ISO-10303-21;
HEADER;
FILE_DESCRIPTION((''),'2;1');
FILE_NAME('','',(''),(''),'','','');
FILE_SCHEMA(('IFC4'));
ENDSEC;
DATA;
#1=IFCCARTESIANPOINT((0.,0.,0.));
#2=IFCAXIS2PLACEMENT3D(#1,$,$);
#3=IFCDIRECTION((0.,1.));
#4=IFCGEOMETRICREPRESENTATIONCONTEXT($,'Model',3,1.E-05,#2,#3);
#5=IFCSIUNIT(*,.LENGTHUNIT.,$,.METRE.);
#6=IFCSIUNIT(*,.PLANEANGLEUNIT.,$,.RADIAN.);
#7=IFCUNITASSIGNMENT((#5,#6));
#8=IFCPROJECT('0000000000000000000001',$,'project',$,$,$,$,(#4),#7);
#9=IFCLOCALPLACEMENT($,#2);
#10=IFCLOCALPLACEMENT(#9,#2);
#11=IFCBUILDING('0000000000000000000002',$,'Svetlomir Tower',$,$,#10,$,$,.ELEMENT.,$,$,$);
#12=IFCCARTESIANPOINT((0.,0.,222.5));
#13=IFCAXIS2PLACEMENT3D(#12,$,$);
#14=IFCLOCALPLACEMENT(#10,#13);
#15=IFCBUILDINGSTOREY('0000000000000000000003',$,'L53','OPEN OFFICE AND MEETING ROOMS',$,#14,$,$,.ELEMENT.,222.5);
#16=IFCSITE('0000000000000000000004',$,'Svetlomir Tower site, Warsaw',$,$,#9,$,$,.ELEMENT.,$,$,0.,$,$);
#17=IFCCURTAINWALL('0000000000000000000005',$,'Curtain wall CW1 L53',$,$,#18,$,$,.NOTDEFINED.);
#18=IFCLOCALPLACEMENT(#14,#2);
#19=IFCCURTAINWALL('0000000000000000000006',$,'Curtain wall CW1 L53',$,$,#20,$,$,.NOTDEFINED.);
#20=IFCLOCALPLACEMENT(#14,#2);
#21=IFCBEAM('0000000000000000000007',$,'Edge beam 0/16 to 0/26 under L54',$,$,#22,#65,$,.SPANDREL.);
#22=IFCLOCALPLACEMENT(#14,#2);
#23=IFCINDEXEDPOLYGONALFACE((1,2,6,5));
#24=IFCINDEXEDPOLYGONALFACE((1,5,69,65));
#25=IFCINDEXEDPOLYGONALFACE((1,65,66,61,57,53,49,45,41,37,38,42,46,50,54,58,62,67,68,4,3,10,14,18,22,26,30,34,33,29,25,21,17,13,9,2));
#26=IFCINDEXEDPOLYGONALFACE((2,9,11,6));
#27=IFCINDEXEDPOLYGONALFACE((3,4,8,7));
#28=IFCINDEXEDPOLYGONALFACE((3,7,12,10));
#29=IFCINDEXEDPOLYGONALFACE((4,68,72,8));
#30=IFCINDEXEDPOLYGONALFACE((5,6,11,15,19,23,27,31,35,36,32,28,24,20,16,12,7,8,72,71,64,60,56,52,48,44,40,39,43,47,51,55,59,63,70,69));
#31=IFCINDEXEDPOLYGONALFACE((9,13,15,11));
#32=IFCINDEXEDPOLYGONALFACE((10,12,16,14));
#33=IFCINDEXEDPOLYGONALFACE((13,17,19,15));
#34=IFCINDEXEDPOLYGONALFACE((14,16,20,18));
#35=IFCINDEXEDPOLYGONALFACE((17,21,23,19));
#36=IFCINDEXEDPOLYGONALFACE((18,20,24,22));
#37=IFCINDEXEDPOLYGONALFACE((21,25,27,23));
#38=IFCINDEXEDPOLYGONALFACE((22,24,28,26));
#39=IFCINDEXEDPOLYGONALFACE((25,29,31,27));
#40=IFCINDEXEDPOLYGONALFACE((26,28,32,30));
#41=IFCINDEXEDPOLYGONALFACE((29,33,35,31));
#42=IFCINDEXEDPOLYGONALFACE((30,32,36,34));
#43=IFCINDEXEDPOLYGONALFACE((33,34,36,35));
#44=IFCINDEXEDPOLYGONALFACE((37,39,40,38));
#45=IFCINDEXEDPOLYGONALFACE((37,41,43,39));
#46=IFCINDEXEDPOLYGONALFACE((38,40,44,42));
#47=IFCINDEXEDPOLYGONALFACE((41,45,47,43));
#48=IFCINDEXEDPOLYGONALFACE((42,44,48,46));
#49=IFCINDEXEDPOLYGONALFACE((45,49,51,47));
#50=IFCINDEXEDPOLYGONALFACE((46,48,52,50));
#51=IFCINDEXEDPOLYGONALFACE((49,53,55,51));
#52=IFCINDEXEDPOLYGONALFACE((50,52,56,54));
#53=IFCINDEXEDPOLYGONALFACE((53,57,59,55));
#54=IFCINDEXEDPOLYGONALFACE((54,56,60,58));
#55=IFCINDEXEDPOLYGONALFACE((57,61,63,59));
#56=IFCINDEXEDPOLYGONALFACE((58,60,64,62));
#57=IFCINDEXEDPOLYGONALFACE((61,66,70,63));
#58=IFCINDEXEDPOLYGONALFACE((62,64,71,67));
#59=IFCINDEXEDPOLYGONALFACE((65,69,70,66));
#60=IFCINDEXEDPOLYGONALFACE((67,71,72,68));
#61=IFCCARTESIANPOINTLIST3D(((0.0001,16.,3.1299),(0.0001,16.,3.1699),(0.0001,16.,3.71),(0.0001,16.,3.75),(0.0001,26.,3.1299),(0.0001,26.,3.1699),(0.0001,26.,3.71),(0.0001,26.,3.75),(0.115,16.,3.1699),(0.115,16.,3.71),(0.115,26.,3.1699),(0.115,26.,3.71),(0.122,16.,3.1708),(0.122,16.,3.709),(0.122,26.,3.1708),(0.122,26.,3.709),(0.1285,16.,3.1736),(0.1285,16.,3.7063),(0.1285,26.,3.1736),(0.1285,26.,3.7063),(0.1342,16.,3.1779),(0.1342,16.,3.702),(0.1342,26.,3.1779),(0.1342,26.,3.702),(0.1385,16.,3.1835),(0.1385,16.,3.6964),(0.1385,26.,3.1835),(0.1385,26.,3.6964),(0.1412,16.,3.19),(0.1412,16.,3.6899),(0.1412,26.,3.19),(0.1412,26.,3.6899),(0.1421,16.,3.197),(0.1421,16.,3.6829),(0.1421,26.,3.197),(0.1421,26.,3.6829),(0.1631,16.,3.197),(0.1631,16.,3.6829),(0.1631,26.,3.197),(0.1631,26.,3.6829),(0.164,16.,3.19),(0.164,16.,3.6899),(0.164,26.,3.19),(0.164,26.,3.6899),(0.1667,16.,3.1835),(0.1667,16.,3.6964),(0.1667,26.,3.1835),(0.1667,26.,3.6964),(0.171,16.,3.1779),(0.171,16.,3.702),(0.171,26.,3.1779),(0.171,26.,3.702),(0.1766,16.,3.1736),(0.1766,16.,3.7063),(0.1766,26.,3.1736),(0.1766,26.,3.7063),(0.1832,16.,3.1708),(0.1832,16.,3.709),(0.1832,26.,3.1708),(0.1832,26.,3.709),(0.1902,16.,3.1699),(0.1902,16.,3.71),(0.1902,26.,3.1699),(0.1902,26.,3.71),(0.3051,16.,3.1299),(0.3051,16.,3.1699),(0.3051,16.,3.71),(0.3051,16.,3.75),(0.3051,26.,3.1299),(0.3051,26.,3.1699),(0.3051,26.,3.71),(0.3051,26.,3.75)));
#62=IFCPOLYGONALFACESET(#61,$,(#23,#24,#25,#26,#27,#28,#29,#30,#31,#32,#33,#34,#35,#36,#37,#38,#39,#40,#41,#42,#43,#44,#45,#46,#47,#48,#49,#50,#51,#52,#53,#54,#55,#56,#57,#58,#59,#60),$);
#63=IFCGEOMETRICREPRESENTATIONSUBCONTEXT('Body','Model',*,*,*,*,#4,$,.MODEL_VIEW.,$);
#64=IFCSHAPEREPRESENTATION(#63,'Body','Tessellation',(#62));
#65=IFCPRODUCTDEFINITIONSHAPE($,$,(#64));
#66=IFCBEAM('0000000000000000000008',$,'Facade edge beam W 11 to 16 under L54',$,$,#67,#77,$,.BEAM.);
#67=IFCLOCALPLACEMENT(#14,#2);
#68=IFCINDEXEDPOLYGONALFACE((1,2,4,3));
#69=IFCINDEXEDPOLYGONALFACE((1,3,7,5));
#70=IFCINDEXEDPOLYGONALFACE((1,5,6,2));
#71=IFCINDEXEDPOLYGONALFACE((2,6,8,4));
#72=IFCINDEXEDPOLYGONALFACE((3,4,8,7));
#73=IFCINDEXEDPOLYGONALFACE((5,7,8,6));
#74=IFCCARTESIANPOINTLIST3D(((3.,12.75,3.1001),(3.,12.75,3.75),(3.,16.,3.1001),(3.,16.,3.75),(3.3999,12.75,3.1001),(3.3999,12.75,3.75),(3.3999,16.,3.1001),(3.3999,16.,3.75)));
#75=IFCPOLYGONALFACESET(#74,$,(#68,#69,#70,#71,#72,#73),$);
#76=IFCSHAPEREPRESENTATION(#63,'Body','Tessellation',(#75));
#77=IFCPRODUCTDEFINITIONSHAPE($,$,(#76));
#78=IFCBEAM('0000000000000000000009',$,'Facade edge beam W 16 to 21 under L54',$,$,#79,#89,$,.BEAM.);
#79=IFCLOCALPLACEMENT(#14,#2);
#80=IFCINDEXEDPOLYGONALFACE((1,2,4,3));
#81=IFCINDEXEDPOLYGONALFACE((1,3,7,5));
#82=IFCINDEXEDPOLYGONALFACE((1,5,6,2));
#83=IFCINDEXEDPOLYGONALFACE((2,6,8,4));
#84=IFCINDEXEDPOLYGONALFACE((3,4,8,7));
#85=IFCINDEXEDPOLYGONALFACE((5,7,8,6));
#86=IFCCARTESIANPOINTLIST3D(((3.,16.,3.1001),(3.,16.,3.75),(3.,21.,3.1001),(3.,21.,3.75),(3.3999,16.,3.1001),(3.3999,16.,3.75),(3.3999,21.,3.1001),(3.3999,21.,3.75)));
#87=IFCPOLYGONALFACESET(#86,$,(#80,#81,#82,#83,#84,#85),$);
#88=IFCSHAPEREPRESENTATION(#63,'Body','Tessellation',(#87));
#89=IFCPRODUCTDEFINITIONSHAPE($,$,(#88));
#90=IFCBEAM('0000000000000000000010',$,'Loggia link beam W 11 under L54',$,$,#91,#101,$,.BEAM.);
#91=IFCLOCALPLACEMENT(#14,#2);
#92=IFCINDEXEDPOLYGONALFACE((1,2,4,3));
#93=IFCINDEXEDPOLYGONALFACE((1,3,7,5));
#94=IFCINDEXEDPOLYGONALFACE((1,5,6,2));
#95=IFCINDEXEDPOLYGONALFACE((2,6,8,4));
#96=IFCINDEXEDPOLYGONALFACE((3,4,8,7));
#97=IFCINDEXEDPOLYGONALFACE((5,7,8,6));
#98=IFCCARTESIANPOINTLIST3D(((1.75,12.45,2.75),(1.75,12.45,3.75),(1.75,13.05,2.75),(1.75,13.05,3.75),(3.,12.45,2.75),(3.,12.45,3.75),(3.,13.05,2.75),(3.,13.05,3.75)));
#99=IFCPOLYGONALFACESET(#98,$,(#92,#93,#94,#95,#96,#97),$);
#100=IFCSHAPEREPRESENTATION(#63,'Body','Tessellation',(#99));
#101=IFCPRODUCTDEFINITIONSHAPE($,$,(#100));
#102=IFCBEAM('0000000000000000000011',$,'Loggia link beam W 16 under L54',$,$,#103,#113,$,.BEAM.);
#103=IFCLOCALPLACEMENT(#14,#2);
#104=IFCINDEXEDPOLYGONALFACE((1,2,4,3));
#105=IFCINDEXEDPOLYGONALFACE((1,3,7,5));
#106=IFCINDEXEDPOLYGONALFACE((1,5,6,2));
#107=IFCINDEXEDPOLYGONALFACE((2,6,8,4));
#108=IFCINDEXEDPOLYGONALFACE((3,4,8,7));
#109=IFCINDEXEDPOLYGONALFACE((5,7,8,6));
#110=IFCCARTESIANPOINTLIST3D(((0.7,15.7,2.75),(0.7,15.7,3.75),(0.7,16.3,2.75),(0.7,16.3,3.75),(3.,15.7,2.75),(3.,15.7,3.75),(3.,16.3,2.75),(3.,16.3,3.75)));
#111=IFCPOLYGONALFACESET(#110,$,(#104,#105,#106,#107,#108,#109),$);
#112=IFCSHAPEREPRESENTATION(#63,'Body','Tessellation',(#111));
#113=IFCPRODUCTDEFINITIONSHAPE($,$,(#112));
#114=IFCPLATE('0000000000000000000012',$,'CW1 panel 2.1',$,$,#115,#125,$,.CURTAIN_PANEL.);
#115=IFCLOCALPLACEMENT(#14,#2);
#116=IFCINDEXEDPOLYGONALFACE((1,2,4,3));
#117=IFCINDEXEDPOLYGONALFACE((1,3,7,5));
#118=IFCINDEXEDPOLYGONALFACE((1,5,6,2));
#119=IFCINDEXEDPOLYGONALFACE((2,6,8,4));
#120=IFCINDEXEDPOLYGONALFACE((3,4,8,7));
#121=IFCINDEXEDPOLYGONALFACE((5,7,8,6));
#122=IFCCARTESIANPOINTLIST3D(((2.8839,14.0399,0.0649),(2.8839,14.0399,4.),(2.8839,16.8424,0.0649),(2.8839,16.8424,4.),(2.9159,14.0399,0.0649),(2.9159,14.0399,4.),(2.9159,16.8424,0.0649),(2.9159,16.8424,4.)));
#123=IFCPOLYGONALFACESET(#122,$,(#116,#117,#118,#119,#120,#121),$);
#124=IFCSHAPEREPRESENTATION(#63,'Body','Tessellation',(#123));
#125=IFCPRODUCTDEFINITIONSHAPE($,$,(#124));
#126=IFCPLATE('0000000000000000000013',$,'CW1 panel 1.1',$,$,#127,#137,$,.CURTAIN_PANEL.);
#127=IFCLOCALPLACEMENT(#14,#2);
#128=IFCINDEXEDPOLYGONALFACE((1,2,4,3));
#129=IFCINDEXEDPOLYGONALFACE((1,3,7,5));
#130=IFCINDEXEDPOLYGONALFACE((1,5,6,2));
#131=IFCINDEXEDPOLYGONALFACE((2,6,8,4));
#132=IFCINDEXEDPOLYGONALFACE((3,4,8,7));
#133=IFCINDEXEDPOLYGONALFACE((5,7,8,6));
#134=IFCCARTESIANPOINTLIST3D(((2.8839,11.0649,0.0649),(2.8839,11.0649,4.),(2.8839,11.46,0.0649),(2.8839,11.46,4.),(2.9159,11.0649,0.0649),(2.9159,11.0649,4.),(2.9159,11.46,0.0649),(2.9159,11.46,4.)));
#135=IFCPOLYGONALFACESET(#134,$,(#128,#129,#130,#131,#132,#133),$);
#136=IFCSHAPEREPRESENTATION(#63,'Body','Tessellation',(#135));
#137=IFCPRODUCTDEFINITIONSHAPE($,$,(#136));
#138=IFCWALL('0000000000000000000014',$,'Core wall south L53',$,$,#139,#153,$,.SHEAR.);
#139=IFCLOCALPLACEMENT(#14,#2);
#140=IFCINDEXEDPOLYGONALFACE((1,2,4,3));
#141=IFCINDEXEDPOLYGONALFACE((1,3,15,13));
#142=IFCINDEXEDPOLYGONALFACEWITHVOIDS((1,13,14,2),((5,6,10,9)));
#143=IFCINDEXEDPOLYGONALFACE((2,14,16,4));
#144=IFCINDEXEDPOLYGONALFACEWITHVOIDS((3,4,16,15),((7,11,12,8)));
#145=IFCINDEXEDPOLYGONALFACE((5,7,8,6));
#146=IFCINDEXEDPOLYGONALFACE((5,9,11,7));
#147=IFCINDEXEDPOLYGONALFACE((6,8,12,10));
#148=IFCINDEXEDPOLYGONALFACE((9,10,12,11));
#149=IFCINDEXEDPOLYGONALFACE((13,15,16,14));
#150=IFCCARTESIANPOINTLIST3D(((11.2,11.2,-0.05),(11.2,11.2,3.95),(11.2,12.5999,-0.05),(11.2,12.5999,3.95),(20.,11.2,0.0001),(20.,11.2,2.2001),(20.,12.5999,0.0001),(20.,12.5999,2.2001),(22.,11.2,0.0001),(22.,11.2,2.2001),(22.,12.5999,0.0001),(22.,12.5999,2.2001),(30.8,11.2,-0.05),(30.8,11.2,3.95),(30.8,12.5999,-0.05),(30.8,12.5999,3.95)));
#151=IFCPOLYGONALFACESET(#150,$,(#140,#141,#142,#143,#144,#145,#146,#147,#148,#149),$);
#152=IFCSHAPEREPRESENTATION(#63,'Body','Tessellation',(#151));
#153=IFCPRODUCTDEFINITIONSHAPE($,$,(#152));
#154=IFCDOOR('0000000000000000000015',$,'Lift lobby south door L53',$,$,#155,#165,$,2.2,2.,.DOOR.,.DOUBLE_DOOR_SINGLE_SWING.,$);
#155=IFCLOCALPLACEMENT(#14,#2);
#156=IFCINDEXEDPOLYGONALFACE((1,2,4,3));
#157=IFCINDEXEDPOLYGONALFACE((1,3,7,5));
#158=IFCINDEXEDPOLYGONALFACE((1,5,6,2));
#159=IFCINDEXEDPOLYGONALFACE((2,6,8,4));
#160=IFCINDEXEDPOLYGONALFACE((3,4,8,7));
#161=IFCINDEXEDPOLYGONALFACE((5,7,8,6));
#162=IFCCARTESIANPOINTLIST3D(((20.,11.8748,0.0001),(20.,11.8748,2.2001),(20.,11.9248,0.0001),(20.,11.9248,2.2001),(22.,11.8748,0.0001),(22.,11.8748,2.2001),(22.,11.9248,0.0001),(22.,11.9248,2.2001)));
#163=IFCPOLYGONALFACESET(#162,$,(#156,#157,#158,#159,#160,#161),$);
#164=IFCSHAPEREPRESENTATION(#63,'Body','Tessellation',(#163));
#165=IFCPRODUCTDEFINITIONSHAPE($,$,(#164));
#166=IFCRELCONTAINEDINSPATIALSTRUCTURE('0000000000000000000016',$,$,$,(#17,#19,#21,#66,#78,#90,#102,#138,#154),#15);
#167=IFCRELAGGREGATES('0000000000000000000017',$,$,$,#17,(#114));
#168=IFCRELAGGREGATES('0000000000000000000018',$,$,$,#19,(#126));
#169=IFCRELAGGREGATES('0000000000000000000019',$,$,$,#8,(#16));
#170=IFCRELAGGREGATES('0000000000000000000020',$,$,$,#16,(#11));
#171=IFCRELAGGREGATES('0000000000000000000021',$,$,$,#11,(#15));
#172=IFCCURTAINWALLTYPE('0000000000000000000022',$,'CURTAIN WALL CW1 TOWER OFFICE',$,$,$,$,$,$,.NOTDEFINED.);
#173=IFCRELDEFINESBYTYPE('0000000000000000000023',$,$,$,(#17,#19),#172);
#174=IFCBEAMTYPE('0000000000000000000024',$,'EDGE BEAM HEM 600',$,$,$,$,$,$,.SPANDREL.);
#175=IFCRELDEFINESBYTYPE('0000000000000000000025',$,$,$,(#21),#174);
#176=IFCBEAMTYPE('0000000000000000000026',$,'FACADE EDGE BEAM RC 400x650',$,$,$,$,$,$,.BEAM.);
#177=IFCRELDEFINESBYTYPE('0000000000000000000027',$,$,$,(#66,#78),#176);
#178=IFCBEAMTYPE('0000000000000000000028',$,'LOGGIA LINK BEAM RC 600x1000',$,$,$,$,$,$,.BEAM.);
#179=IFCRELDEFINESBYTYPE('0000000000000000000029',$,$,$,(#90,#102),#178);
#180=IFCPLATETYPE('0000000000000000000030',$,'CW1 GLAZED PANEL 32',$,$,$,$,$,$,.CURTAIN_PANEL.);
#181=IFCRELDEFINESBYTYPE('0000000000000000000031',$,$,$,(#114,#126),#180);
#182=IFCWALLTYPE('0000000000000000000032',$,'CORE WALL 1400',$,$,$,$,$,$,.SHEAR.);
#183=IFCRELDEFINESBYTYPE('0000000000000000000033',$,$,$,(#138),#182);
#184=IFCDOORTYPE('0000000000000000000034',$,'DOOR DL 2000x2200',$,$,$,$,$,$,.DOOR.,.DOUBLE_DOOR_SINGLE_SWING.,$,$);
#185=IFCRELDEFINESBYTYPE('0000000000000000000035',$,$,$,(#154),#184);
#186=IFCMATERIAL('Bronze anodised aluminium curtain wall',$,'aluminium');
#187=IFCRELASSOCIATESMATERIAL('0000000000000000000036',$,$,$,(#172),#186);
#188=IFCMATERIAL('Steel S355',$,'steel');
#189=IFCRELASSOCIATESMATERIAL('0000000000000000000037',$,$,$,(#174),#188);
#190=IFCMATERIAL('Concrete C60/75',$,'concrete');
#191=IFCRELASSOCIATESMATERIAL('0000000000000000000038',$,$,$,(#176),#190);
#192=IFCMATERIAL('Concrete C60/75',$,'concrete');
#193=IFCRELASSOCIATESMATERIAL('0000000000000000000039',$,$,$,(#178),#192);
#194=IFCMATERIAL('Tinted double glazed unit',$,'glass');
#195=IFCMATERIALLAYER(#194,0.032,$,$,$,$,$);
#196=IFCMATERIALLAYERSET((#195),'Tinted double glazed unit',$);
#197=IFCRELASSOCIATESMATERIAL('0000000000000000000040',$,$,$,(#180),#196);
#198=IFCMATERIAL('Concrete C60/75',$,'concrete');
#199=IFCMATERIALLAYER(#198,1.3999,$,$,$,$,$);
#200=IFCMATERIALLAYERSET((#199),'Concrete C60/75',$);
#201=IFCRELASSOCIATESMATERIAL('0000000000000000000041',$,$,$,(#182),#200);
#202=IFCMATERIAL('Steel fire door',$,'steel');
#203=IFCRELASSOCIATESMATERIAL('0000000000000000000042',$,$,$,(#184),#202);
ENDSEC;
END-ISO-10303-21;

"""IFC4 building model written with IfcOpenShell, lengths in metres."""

from ifc_helpers import new_model, si_unit, direction, frame, frame_2d, origin, origin_2d, place, context, subcontext, project, spatial, rectangle, i_section, extrude, material, layer, layer_set, material_profile, profile_set, type_object, element, fill, aggregate, save


model = new_model("IFC4")

# Units and contexts
model_context = context("Model", 3, precision=1e-05, world=origin(), true_north=direction((0.0, 1.0)))
body_context = subcontext(model_context, "Body", "Model", "MODEL_VIEW")
ifc_project = project(units=[si_unit("LENGTHUNIT", "METRE"), si_unit("PLANEANGLEUNIT", "RADIAN")], contexts=[model_context])

# Site, building, storey
site_placement = place(None, origin())
site = spatial("IfcSite", under=ifc_project, at=site_placement, Name="Svetlomir Tower site, Warsaw", CompositionType="ELEMENT", RefElevation=0.0)
building_placement = place(site_placement, origin())
building = spatial("IfcBuilding", under=site, at=building_placement, Name="Svetlomir Tower", CompositionType="ELEMENT")
storey_placement = place(building_placement, frame((0.0, 0.0, 222.5)))
storey = spatial("IfcBuildingStorey", under=building, at=storey_placement, Name="L53", Description="OPEN OFFICE AND MEETING ROOMS", CompositionType="ELEMENT", Elevation=222.5)

# Curtain wall
ifc_material_1 = material(Name="Bronze anodised aluminium curtain wall", Category="aluminium")
curtain_wall_type = type_object("IfcCurtainWallType", Name="CURTAIN WALL CW1 TOWER OFFICE", PredefinedType="NOTDEFINED", material=ifc_material_1)
curtain_wall_1_placement = place(storey_placement, origin())
curtain_wall_1 = element("IfcCurtainWall", 1, at=curtain_wall_1_placement, inside=storey, type_object=curtain_wall_type, Name="Curtain wall CW1 L53", PredefinedType="NOTDEFINED")

# Curtain wall
curtain_wall_2_placement = place(storey_placement, origin())
curtain_wall_2 = element("IfcCurtainWall", 2, at=curtain_wall_2_placement, inside=storey, type_object=curtain_wall_type, Name="Curtain wall CW1 L53", PredefinedType="NOTDEFINED")

# Beams
ifc_material_2 = material(Name="Steel S355", Category="steel")
ifc_material_profile_1 = material_profile(ifc_material_2, i_section(OverallWidth=0.3049, OverallDepth=0.6201, WebThickness=0.021, FlangeThickness=0.04, FilletRadius=0.0271, at=origin_2d()), Name="HEM 600")
ifc_profile_set_1 = profile_set([ifc_material_profile_1], Name="Steel S355")
beam_type_1 = type_object("IfcBeamType", Name="EDGE BEAM HEM 600", PredefinedType="SPANDREL", material=ifc_profile_set_1)
beam_1_placement = place(storey_placement, frame((0.1526, 16.0, 3.4399), z_axis=(0.0, 1.0, 0.0), x_axis=(-1.0, 0.0, 0.0)))
element("IfcBeam", 3, at=beam_1_placement, inside=storey, type_object=beam_type_1, Name="Edge beam 0/16 to 0/26 under L54", PredefinedType="SPANDREL", context=body_context, shape_type="SweptSolid", body=[
    extrude(i_section(OverallWidth=0.3049, OverallDepth=0.6201, WebThickness=0.021, FlangeThickness=0.04, FilletRadius=0.0271, at=origin_2d()), origin(), (0.0, 0.0, 1.0), 10.0),
])
ifc_material_3 = material(Name="Concrete C60/75", Category="concrete")
ifc_material_profile_2 = material_profile(ifc_material_3, rectangle(XDim=0.3999, YDim=0.6499, at=origin_2d()), Name="RC 400x650")
ifc_profile_set_2 = profile_set([ifc_material_profile_2], Name="Concrete C60/75")
beam_type_2 = type_object("IfcBeamType", Name="FACADE EDGE BEAM RC 400x650", PredefinedType="BEAM", material=ifc_profile_set_2)
beam_2_placement = place(storey_placement, frame((3.2, 12.75, 3.425), z_axis=(0.0, 1.0, 0.0), x_axis=(-1.0, 0.0, 0.0)))
element("IfcBeam", 4, at=beam_2_placement, inside=storey, type_object=beam_type_2, Name="Facade edge beam W 11 to 16 under L54", PredefinedType="BEAM", context=body_context, shape_type="SweptSolid", body=[
    extrude(rectangle(XDim=0.3999, YDim=0.6499, at=origin_2d()), origin(), (0.0, 0.0, 1.0), 3.25),
])
beam_3_placement = place(storey_placement, frame((3.2, 16.0, 3.425), z_axis=(0.0, 1.0, 0.0), x_axis=(-1.0, 0.0, 0.0)))
element("IfcBeam", 5, at=beam_3_placement, inside=storey, type_object=beam_type_2, Name="Facade edge beam W 16 to 21 under L54", PredefinedType="BEAM", context=body_context, shape_type="SweptSolid", body=[
    extrude(rectangle(XDim=0.3999, YDim=0.6499, at=origin_2d()), origin(), (0.0, 0.0, 1.0), 5.0),
])
ifc_material_4 = material(Name="Concrete C60/75", Category="concrete")
ifc_material_profile_3 = material_profile(ifc_material_4, rectangle(XDim=0.6001, YDim=1.0, at=origin_2d()), Name="RC 600x1000")
ifc_profile_set_3 = profile_set([ifc_material_profile_3], Name="Concrete C60/75")
beam_type_3 = type_object("IfcBeamType", Name="LOGGIA LINK BEAM RC 600x1000", PredefinedType="BEAM", material=ifc_profile_set_3)
beam_4_placement = place(storey_placement, frame((1.75, 12.75, 3.25), z_axis=(1.0, 0.0, 0.0), x_axis=(0.0, 1.0, 0.0)))
element("IfcBeam", 6, at=beam_4_placement, inside=storey, type_object=beam_type_3, Name="Loggia link beam W 11 under L54", PredefinedType="BEAM", context=body_context, shape_type="SweptSolid", body=[
    extrude(rectangle(XDim=0.6001, YDim=1.0, at=origin_2d()), origin(), (0.0, 0.0, 1.0), 1.25),
])
beam_5_placement = place(storey_placement, frame((0.7, 16.0, 3.25), z_axis=(1.0, 0.0, 0.0), x_axis=(0.0, 1.0, 0.0)))
element("IfcBeam", 7, at=beam_5_placement, inside=storey, type_object=beam_type_3, Name="Loggia link beam W 16 under L54", PredefinedType="BEAM", context=body_context, shape_type="SweptSolid", body=[
    extrude(rectangle(XDim=0.6001, YDim=1.0, at=origin_2d()), origin(), (0.0, 0.0, 1.0), 2.3),
])

# Plates
ifc_material_5 = material(Name="Tinted double glazed unit", Category="glass")
ifc_layer_1 = layer(ifc_material_5, 0.032)
ifc_layer_set_1 = layer_set([ifc_layer_1], Name="Tinted double glazed unit")
plate_type = type_object("IfcPlateType", Name="CW1 GLAZED PANEL 32", PredefinedType="CURTAIN_PANEL", material=ifc_layer_set_1)
plate_1_placement = place(storey_placement, frame((2.8999, 15.4412, 0.0649), z_axis=(0.0, 0.0, 1.0), x_axis=(0.0, -1.0, 0.0)))
plate_1 = element("IfcPlate", 8, at=plate_1_placement, type_object=plate_type, Name="CW1 panel 2.1", PredefinedType="CURTAIN_PANEL", context=body_context, shape_type="SweptSolid", body=[
    extrude(rectangle(XDim=2.8025, YDim=0.032, at=origin_2d()), origin(), (0.0, 0.0, 1.0), 3.9351),
])
aggregate(curtain_wall_1, [plate_1])
plate_2_placement = place(storey_placement, frame((2.8999, 11.2625, 0.0649), z_axis=(0.0, 0.0, 1.0), x_axis=(0.0, -1.0, 0.0)))
plate_2 = element("IfcPlate", 9, at=plate_2_placement, type_object=plate_type, Name="CW1 panel 1.1", PredefinedType="CURTAIN_PANEL", context=body_context, shape_type="SweptSolid", body=[
    extrude(rectangle(XDim=0.395, YDim=0.032, at=origin_2d()), origin(), (0.0, 0.0, 1.0), 3.9351),
])
aggregate(curtain_wall_2, [plate_2])

# Wall, opening, door
ifc_material_6 = material(Name="Concrete C60/75", Category="concrete")
ifc_layer_2 = layer(ifc_material_6, 1.3999)
ifc_layer_set_2 = layer_set([ifc_layer_2], Name="Concrete C60/75")
wall_type_1 = type_object("IfcWallType", Name="CORE WALL 1400", PredefinedType="SHEAR", material=ifc_layer_set_2)
wall_1_placement = place(storey_placement, frame((11.2, 11.8999, -0.05), z_axis=(0.0, 0.0, 1.0), x_axis=(1.0, 0.0, 0.0)))
wall_1 = element("IfcWall", 10, at=wall_1_placement, inside=storey, type_object=wall_type_1, Name="Core wall south L53", PredefinedType="SHEAR", context=body_context, shape_type="SweptSolid", body=[
    extrude(rectangle(XDim=19.6001, YDim=1.3999, at=frame_2d((9.8, 0.0))), origin(), (0.0, 0.0, 1.0), 4.0),
])
opening_1_placement = place(wall_1_placement, frame((8.8, 0.0, 0.05)))
opening_1 = element("IfcOpeningElement", 11, at=opening_1_placement, cuts=wall_1, PredefinedType="OPENING", context=body_context, shape_type="SweptSolid", body=[
    extrude(rectangle(XDim=2.0, YDim=2.2, at=frame_2d((1.0, 1.1001))), frame((0.0, 0.71, 0.0), z_axis=(0.0, -1.0, 0.0), x_axis=(1.0, 0.0, 0.0)), (0.0, 0.0, 1.0), 1.4199),
])
ifc_material_7 = material(Name="Steel fire door", Category="steel")
door_type_1 = type_object("IfcDoorType", Name="DOOR DL 2000x2200", OperationType="DOUBLE_DOOR_SINGLE_SWING", PredefinedType="DOOR", material=ifc_material_7)
door_1_placement = place(opening_1_placement, origin())
door_1 = element("IfcDoor", 12, at=door_1_placement, inside=storey, type_object=door_type_1, Name="Lift lobby south door L53", OperationType="DOUBLE_DOOR_SINGLE_SWING", OverallHeight=2.2, OverallWidth=2.0, PredefinedType="DOOR", context=body_context, shape_type="SweptSolid", body=[
    extrude(rectangle(XDim=2.0, YDim=2.2, at=frame_2d((1.0, 1.1001))), frame((0.0, 0.0249, 0.0), z_axis=(0.0, -1.0, 0.0), x_axis=(1.0, 0.0, 0.0)), (0.0, 0.0, 1.0), 0.05),
])
fill(opening_1, door_1)

save(model, "model.ifc")
